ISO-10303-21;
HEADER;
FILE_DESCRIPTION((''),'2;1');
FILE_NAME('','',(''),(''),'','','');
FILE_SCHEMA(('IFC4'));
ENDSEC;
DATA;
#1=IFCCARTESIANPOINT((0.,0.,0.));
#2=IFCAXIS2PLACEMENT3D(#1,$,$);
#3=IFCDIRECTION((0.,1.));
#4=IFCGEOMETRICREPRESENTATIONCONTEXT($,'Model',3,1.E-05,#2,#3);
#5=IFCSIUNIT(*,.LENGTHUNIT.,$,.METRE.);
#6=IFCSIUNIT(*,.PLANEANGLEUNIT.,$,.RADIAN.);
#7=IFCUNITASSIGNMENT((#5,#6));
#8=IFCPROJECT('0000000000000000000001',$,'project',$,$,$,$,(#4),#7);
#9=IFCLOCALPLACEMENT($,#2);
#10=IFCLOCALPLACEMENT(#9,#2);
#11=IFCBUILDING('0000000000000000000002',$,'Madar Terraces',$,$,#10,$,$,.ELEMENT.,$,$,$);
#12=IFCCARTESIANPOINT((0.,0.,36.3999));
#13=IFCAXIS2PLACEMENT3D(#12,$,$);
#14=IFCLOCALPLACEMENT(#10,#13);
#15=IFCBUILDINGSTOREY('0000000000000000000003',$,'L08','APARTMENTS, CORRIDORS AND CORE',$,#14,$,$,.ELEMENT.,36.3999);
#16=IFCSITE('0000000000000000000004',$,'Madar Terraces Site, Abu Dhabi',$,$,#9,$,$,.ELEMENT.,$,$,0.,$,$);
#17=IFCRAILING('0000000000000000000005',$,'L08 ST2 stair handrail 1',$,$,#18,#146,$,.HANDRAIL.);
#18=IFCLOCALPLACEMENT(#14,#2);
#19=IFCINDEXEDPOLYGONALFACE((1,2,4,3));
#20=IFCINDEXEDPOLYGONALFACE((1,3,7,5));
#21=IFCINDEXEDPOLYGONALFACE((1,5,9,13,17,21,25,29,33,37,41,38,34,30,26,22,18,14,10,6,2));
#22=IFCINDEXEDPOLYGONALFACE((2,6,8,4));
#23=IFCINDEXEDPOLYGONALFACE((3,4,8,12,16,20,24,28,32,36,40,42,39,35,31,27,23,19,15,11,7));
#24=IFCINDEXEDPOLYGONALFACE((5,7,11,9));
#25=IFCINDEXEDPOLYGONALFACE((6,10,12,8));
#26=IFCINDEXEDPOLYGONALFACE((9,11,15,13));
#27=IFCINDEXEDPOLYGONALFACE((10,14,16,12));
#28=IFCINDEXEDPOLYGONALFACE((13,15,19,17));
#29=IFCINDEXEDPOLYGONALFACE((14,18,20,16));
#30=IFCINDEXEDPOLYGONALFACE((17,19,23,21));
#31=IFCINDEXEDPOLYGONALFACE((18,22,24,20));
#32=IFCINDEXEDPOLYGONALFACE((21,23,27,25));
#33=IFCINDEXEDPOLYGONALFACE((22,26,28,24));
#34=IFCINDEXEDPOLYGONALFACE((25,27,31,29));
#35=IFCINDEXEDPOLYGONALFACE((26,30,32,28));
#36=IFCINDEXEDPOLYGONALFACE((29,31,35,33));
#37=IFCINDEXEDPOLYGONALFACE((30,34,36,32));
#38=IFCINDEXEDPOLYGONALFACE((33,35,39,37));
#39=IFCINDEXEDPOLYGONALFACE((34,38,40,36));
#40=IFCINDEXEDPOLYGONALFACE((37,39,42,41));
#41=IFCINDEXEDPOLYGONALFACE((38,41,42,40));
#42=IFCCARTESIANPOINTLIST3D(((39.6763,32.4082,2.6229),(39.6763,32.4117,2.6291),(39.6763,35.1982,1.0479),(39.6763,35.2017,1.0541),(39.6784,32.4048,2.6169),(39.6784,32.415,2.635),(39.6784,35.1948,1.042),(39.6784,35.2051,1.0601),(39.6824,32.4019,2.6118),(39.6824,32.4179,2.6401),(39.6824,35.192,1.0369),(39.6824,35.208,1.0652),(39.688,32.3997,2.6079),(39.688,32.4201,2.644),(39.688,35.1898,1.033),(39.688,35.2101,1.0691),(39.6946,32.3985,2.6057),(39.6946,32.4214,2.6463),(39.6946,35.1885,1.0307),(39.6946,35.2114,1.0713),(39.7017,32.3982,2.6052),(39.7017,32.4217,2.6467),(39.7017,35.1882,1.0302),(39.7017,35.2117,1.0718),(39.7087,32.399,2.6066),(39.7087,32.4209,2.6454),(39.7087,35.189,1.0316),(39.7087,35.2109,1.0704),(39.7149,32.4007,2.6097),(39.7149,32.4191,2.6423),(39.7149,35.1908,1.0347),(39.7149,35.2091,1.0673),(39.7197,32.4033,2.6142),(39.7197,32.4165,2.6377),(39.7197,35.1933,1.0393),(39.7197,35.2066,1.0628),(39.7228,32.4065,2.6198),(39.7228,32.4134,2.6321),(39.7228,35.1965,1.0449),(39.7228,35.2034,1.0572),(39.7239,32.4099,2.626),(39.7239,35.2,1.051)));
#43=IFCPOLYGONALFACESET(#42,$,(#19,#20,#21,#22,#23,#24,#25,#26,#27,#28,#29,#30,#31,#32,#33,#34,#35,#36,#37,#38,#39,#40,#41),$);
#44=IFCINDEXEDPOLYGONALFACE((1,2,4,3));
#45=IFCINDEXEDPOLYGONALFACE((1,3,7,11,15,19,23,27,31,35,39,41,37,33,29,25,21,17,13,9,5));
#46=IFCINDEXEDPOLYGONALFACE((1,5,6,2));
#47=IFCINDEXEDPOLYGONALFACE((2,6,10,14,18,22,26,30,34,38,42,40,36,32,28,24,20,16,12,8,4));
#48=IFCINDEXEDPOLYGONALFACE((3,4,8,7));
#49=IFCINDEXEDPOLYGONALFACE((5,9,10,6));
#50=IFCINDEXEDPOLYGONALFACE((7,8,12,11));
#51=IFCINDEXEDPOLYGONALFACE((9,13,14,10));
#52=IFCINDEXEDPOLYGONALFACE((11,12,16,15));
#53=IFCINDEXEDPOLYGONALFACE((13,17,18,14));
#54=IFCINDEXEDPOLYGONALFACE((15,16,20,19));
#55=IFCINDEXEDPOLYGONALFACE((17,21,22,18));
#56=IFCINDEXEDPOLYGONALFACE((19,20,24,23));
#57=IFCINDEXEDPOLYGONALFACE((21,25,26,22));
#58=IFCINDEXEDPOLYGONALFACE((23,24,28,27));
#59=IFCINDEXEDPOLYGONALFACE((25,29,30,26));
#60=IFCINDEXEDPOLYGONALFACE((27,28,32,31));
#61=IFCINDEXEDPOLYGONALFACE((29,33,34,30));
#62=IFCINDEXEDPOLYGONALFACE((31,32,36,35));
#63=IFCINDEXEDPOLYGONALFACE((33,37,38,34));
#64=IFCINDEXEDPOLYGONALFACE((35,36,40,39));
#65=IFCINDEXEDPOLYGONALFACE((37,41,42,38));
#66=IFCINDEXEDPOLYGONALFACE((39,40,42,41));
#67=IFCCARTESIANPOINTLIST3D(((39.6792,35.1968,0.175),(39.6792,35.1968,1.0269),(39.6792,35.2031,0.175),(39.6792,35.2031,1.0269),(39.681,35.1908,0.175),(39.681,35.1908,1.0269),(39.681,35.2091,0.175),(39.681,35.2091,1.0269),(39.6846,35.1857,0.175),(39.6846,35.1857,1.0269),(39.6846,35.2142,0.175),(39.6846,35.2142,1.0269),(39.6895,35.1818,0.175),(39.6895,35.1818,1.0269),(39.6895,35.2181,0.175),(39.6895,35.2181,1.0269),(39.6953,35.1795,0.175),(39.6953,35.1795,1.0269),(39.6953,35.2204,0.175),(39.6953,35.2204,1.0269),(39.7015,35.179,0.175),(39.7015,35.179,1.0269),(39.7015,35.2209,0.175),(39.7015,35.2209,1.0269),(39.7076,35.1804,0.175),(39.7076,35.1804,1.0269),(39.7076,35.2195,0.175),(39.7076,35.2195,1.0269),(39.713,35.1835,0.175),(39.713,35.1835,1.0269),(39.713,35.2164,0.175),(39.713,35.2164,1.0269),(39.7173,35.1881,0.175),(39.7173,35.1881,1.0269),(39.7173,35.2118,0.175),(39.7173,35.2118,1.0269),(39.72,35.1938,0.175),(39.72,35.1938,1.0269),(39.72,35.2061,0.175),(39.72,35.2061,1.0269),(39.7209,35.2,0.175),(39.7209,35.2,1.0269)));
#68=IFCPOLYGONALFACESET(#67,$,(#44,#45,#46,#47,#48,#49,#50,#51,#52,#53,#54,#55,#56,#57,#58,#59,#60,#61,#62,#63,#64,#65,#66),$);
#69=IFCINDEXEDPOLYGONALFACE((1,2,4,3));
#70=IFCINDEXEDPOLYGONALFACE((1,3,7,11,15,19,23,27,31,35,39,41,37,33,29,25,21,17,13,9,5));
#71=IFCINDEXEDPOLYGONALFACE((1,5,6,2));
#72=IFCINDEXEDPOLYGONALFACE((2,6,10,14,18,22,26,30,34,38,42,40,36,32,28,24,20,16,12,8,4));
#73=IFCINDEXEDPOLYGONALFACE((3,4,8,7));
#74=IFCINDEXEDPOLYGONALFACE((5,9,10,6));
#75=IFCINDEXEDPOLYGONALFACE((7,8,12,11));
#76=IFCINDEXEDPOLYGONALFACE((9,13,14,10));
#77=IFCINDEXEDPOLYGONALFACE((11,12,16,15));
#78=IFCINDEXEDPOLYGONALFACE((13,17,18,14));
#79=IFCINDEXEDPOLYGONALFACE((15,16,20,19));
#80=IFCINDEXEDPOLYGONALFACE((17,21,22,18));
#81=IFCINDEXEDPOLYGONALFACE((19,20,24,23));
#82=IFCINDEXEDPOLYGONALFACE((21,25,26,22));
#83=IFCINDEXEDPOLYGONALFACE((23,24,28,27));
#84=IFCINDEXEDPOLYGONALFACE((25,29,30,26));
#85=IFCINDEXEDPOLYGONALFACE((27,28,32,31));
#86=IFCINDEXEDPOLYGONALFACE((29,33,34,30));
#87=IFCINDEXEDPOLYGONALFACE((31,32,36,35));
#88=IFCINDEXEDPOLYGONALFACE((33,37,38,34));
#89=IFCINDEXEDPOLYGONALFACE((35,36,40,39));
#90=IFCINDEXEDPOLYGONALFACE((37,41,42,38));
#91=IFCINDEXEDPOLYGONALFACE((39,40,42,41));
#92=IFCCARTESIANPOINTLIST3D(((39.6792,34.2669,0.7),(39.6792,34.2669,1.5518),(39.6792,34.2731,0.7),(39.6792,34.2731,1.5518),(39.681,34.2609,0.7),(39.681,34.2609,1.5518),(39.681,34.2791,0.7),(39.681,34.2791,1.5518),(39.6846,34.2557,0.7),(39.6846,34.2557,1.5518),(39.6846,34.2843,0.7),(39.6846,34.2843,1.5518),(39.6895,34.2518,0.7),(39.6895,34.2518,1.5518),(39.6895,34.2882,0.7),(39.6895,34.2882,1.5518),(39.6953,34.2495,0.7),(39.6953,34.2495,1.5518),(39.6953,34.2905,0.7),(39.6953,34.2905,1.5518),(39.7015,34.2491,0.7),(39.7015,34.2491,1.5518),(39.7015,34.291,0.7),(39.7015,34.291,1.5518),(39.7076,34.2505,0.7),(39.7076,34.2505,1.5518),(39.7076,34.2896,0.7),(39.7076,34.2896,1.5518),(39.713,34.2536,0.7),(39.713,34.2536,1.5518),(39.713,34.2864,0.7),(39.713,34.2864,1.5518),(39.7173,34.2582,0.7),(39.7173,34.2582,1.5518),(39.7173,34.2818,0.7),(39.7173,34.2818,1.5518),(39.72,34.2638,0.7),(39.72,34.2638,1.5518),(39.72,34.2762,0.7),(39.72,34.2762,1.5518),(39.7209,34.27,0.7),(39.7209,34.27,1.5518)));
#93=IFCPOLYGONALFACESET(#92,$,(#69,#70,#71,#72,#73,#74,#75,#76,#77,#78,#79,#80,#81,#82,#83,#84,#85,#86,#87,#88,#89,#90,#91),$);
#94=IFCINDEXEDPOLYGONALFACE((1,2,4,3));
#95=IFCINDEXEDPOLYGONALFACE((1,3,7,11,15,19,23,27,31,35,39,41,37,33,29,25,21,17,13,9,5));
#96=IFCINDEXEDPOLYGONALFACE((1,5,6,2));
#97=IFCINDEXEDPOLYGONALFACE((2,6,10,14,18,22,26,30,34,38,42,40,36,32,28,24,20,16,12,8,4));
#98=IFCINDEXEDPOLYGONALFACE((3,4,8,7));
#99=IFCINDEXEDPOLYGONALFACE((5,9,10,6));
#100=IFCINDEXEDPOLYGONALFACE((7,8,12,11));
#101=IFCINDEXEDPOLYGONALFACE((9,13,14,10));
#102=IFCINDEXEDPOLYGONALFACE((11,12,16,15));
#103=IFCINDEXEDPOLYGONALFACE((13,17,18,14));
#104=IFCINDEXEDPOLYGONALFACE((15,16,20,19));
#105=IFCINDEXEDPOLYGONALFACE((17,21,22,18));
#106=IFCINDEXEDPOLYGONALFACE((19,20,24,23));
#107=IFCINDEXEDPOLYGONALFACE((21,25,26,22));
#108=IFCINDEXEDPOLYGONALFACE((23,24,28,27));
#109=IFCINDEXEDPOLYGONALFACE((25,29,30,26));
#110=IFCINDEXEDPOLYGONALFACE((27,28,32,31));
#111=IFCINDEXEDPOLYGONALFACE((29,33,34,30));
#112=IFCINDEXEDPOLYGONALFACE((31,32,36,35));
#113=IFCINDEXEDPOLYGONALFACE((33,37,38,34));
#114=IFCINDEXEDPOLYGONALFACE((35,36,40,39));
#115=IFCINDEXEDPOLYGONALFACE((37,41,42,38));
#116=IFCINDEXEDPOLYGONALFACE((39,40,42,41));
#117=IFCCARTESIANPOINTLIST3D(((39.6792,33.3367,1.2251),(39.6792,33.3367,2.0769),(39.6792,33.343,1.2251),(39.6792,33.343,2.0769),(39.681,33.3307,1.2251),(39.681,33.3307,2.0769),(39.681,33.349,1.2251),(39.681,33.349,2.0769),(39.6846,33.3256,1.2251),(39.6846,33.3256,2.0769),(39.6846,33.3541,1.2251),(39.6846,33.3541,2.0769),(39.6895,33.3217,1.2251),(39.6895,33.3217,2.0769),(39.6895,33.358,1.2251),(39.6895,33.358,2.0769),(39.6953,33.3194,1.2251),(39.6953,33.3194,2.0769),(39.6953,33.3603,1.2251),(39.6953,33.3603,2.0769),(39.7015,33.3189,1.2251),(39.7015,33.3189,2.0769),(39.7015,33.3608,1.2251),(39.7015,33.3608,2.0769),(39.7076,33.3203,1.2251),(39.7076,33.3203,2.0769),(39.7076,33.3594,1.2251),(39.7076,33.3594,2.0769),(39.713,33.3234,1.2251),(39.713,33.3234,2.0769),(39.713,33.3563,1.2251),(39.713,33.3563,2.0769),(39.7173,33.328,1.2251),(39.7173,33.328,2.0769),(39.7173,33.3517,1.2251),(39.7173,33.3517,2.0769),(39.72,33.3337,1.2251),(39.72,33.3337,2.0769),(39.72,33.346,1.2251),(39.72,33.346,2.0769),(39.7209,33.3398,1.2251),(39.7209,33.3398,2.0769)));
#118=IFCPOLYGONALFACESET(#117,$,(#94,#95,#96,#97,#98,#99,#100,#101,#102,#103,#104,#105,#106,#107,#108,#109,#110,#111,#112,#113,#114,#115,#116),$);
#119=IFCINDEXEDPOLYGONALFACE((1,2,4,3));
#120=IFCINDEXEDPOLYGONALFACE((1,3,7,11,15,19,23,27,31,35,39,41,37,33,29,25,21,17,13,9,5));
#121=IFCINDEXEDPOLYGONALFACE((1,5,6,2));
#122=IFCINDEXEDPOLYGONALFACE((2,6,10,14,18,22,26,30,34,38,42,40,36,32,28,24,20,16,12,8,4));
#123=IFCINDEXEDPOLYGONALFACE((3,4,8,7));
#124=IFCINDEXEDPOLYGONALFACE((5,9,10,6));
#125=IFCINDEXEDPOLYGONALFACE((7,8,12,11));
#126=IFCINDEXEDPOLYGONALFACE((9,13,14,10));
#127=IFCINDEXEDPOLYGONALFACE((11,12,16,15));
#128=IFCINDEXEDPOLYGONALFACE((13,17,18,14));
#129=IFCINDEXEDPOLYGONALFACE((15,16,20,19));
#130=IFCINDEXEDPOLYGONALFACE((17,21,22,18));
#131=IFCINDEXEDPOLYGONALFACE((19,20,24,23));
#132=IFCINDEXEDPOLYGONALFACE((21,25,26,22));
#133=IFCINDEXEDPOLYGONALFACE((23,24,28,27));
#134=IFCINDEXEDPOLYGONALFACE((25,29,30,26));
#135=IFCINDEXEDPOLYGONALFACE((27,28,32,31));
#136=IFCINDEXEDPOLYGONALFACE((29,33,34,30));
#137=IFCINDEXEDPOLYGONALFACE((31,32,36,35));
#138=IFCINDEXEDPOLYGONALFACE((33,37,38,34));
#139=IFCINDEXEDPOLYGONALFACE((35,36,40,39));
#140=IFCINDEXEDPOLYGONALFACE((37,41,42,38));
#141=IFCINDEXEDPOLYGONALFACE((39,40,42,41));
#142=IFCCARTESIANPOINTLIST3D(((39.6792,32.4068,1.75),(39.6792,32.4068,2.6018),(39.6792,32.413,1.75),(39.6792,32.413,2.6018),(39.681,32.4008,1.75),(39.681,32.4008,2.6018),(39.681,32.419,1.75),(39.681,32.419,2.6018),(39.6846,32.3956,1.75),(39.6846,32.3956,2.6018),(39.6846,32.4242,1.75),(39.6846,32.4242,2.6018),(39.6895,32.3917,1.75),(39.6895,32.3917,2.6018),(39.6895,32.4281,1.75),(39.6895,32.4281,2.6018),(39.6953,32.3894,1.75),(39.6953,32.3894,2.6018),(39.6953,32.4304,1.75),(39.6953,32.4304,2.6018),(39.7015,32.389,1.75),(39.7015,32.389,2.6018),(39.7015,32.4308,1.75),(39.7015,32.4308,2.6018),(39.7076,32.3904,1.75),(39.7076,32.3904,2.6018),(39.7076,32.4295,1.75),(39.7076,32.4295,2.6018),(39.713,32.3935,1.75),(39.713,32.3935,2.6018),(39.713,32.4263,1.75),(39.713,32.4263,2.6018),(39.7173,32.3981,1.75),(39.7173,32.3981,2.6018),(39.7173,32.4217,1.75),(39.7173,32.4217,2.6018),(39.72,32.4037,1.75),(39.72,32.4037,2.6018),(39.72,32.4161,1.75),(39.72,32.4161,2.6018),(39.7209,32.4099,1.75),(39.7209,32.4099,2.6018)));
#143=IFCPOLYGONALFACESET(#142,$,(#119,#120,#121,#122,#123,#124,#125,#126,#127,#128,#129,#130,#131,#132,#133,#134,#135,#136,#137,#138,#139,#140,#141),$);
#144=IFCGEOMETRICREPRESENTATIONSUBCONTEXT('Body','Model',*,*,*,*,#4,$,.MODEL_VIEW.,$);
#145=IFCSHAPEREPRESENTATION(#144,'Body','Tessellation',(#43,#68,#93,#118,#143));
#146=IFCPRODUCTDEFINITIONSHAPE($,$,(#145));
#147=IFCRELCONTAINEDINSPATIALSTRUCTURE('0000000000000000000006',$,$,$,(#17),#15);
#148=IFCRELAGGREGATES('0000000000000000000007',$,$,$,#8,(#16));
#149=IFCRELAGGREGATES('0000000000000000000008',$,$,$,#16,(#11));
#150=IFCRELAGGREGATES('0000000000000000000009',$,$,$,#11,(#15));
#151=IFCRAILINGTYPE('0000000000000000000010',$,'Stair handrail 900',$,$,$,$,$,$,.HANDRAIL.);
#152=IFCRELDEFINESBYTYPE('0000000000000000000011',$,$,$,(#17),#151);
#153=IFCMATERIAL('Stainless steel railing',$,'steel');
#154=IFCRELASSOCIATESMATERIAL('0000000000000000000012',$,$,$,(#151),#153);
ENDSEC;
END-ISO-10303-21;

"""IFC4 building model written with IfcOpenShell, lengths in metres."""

from ifc_helpers import new_model, si_unit, direction, frame, origin, origin_2d, place, context, subcontext, project, spatial, circle, extrude, material, type_object, element, save


model = new_model("IFC4")

# Units and contexts
model_context = context("Model", 3, precision=1e-05, world=origin(), true_north=direction((0.0, 1.0)))
body_context = subcontext(model_context, "Body", "Model", "MODEL_VIEW")
ifc_project = project(units=[si_unit("LENGTHUNIT", "METRE"), si_unit("PLANEANGLEUNIT", "RADIAN")], contexts=[model_context])

# Site, building, storey
site_placement = place(None, origin())
site = spatial("IfcSite", under=ifc_project, at=site_placement, Name="Madar Terraces Site, Abu Dhabi", CompositionType="ELEMENT", RefElevation=0.0)
building_placement = place(site_placement, origin())
building = spatial("IfcBuilding", under=site, at=building_placement, Name="Madar Terraces", CompositionType="ELEMENT")
storey_placement = place(building_placement, frame((0.0, 0.0, 36.3999)))
storey = spatial("IfcBuildingStorey", under=building, at=storey_placement, Name="L08", Description="APARTMENTS, CORRIDORS AND CORE", CompositionType="ELEMENT", Elevation=36.3999)

# Railing
ifc_material_1 = material(Name="Stainless steel railing", Category="steel")
railing_type_1 = type_object("IfcRailingType", Name="Stair handrail 900", PredefinedType="HANDRAIL", material=ifc_material_1)
railing_1_placement = place(storey_placement, frame((39.7, 35.2, 0.175)))
element("IfcRailing", 1, at=railing_1_placement, inside=storey, type_object=railing_type_1, Name="L08 ST2 stair handrail 1", PredefinedType="HANDRAIL", context=body_context, shape_type="SweptSolid", body=[
    extrude(circle(Radius=0.0239, at=origin_2d()), frame((0.0, 0.0, 0.876), z_axis=(0.0, -0.870834, 0.491578), x_axis=(1.0, 0.0, 0.0)), (0.0, 0.0, 1.0), 3.2039),
    extrude(circle(Radius=0.021, at=origin_2d()), origin(), (0.0, 0.0, 1.0), 0.8518),
    extrude(circle(Radius=0.021, at=origin_2d()), frame((0.0, -0.9299, 0.5249)), (0.0, 0.0, 1.0), 0.8518),
    extrude(circle(Radius=0.021, at=origin_2d()), frame((0.0, -1.8601, 1.05)), (0.0, 0.0, 1.0), 0.8518),
    extrude(circle(Radius=0.021, at=origin_2d()), frame((0.0, -2.79, 1.575)), (0.0, 0.0, 1.0), 0.8518),
])

save(model, "model.ifc")
